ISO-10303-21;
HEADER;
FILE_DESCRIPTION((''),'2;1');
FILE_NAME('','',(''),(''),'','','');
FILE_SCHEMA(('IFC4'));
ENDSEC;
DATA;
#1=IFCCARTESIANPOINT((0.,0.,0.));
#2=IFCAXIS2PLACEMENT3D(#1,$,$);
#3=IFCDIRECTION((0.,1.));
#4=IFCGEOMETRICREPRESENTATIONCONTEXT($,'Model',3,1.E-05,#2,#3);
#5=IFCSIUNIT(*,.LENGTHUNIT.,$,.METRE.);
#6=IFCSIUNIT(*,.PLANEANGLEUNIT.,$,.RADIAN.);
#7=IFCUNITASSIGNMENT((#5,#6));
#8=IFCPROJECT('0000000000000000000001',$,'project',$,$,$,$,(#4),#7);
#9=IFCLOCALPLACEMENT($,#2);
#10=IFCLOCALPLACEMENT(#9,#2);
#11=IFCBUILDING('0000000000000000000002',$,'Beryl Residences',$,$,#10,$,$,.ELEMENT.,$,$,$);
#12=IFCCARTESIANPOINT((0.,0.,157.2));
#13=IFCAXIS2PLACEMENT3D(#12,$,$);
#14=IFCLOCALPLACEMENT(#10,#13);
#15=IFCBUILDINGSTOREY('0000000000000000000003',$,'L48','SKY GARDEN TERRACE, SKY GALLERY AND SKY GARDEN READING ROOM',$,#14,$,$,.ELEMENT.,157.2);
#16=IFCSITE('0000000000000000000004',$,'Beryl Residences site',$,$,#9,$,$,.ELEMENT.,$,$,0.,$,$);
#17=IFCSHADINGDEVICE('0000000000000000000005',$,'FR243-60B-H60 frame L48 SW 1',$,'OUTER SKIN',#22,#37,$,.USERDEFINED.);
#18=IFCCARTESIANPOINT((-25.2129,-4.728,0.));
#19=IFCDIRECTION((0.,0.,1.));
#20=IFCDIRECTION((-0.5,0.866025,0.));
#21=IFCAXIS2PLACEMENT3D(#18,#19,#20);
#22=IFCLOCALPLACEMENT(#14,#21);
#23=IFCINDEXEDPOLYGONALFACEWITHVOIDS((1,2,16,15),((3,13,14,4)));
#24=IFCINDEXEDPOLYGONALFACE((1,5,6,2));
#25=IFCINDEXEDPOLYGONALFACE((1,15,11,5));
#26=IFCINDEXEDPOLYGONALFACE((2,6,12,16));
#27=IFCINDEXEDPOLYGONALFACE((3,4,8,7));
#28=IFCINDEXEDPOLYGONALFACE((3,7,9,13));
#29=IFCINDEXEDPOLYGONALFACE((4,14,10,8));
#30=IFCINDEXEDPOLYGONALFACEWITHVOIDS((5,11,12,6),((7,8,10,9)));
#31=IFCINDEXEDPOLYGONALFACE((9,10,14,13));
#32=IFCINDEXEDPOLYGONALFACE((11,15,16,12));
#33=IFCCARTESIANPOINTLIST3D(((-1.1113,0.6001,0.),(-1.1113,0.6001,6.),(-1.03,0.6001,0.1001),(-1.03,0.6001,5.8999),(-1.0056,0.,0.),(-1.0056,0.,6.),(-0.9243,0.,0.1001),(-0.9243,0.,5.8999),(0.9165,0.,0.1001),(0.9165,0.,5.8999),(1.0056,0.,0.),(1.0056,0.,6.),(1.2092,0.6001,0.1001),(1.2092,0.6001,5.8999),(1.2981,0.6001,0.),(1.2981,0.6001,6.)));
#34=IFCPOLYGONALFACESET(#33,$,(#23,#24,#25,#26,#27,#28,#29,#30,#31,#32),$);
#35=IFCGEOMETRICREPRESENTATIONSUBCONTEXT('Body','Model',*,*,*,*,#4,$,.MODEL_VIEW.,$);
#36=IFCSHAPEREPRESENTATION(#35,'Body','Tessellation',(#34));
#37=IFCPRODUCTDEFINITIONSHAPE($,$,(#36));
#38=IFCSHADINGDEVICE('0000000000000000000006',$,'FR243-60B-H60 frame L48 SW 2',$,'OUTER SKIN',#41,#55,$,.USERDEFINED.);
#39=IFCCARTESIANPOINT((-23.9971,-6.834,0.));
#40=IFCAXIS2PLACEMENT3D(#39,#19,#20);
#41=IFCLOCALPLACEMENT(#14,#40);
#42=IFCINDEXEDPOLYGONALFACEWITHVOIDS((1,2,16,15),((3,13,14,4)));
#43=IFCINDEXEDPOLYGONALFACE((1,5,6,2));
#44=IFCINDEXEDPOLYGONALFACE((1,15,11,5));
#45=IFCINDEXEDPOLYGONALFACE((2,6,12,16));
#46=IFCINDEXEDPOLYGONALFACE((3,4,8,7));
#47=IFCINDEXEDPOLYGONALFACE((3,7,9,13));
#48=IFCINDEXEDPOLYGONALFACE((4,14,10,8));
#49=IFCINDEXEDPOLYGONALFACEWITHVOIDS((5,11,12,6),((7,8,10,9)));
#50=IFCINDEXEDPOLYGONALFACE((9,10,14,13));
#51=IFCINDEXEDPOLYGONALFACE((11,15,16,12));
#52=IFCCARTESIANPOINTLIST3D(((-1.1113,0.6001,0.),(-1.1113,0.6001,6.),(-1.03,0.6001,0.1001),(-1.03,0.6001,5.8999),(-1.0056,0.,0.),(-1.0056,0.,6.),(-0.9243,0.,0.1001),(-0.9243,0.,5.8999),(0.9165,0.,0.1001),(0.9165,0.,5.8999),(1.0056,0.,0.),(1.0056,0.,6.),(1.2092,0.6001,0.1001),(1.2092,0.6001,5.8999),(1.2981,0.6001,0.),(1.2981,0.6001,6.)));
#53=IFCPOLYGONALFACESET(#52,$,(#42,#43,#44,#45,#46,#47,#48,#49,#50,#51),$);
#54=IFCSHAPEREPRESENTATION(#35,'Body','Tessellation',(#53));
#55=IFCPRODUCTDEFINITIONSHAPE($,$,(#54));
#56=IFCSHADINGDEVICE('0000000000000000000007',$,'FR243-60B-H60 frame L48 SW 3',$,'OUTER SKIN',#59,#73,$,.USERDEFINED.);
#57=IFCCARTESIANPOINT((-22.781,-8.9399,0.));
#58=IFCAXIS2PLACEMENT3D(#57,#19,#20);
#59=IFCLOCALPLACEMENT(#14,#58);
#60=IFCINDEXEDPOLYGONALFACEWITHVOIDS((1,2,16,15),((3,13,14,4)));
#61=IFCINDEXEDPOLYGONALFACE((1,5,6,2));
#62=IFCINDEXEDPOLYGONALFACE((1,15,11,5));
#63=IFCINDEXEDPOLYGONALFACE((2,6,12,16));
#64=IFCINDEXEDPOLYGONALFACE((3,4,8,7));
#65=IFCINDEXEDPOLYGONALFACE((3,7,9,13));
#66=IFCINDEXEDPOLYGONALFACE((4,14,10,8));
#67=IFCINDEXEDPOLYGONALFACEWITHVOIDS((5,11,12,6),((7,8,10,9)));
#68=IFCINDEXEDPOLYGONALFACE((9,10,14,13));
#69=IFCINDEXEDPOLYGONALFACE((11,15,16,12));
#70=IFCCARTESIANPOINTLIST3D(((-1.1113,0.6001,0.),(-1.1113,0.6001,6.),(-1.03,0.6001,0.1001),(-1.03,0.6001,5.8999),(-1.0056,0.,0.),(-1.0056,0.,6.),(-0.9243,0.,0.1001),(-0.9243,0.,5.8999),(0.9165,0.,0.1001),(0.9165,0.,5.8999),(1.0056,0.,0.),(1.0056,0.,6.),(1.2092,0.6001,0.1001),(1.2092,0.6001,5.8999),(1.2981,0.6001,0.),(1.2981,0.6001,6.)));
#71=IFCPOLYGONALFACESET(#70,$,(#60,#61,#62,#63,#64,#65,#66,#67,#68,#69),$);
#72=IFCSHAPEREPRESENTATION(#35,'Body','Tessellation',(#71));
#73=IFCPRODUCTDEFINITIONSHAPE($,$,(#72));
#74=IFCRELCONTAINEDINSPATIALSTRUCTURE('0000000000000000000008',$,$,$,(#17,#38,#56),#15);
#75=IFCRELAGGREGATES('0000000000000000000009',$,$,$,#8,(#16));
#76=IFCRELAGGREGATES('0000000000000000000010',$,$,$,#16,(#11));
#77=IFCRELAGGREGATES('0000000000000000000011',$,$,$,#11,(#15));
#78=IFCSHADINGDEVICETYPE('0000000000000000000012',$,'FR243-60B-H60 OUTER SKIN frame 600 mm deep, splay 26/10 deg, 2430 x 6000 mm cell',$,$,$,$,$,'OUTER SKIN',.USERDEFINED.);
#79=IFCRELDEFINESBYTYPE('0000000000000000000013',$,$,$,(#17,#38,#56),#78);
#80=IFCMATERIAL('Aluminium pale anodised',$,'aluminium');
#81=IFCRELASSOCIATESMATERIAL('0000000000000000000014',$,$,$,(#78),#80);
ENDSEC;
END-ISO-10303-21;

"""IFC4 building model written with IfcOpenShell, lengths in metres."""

from ifc_helpers import new_model, entity, si_unit, direction, frame, origin, place, context, subcontext, project, spatial, source, transform, mapped, material, type_object, type_shapes, element, save


model = new_model("IFC4")

# Units and contexts
model_context = context("Model", 3, precision=1e-05, world=origin(), true_north=direction((0.0, 1.0)))
body_context = subcontext(model_context, "Body", "Model", "MODEL_VIEW")
ifc_project = project(units=[si_unit("LENGTHUNIT", "METRE"), si_unit("PLANEANGLEUNIT", "RADIAN")], contexts=[model_context])

# Site, building, storey
site_placement = place(None, origin())
site = spatial("IfcSite", under=ifc_project, at=site_placement, Name="Beryl Residences site", CompositionType="ELEMENT", RefElevation=0.0)
building_placement = place(site_placement, origin())
building = spatial("IfcBuilding", under=site, at=building_placement, Name="Beryl Residences", CompositionType="ELEMENT")
storey_placement = place(building_placement, frame((0.0, 0.0, 157.2)))
storey = spatial("IfcBuildingStorey", under=building, at=storey_placement, Name="L48", Description="SKY GARDEN TERRACE, SKY GALLERY AND SKY GARDEN READING ROOM", CompositionType="ELEMENT", Elevation=157.2)

# Shading devices
ifc_material_1 = material(Name="Aluminium pale anodised", Category="aluminium")
shading_device_type = type_object("IfcShadingDeviceType", Name="FR243-60B-H60 OUTER SKIN frame 600 mm deep, splay 26/10 deg, 2430 x 6000 mm cell", ElementType="OUTER SKIN", PredefinedType="USERDEFINED", material=ifc_material_1)
cartesian_point_1 = entity("IfcCartesianPoint", [-1.0056, 0.0])
cartesian_point_2 = entity("IfcCartesianPoint", [-0.9165, 0.1001])
cartesian_point_3 = entity("IfcCartesianPoint", [-1.2981, 0.0])
cartesian_point_4 = entity("IfcCartesianPoint", [-1.2092, 0.1001])
shared_shape_1 = source(origin(), body_context, "Body", "SweptSolid", [
    entity("IfcExtrudedAreaSolidTapered", entity("IfcArbitraryProfileDefWithVoids", "AREA", None, entity("IfcPolyline", [cartesian_point_1, entity("IfcCartesianPoint", [1.0056, 0.0]), entity("IfcCartesianPoint", [1.0056, 6.0]), entity("IfcCartesianPoint", [-1.0056, 6.0]), cartesian_point_1]), [entity("IfcPolyline", [cartesian_point_2, entity("IfcCartesianPoint", [0.9243, 0.1001]), entity("IfcCartesianPoint", [0.9243, 5.8999]), entity("IfcCartesianPoint", [-0.9165, 5.8999]), cartesian_point_2])]), entity("IfcAxis2Placement3D", entity("IfcCartesianPoint", [0.0, 0.0, 0.0]), entity("IfcDirection", [0.0, 1.0, 0.0]), entity("IfcDirection", [-1.0, 0.0, 0.0])), entity("IfcDirection", [0.0, 0.0, 1.0]), 0.6001, entity("IfcArbitraryProfileDefWithVoids", "AREA", None, entity("IfcPolyline", [cartesian_point_3, entity("IfcCartesianPoint", [1.1113, 0.0]), entity("IfcCartesianPoint", [1.1113, 6.0]), entity("IfcCartesianPoint", [-1.2981, 6.0]), cartesian_point_3]), [entity("IfcPolyline", [cartesian_point_4, entity("IfcCartesianPoint", [1.03, 0.1001]), entity("IfcCartesianPoint", [1.03, 5.8999]), entity("IfcCartesianPoint", [-1.2092, 5.8999]), cartesian_point_4])])),
])
type_shapes(shading_device_type, [shared_shape_1])
for number, where, z_axis, x_axis, name in (
    (1, (-25.2129, -4.728, 0.0), (0.0, 0.0, 1.0), (-0.5, 0.866025, 0.0), "FR243-60B-H60 frame L48 SW 1"),
    (2, (-23.9971, -6.834, 0.0), (0.0, 0.0, 1.0), (-0.5, 0.866025, 0.0), "FR243-60B-H60 frame L48 SW 2"),
    (3, (-22.781, -8.9399, 0.0), (0.0, 0.0, 1.0), (-0.5, 0.866025, 0.0), "FR243-60B-H60 frame L48 SW 3"),
):
    element("IfcShadingDevice", number, at=place(storey_placement, frame(where, z_axis=z_axis, x_axis=x_axis)), inside=storey, type_object=shading_device_type, Name=name, ObjectType="OUTER SKIN", PredefinedType="USERDEFINED", context=body_context, shape_type="MappedRepresentation", body=[
        mapped(shared_shape_1, transform((0.0, 0.0, 0.0))),
    ])

save(model, "model.ifc")
